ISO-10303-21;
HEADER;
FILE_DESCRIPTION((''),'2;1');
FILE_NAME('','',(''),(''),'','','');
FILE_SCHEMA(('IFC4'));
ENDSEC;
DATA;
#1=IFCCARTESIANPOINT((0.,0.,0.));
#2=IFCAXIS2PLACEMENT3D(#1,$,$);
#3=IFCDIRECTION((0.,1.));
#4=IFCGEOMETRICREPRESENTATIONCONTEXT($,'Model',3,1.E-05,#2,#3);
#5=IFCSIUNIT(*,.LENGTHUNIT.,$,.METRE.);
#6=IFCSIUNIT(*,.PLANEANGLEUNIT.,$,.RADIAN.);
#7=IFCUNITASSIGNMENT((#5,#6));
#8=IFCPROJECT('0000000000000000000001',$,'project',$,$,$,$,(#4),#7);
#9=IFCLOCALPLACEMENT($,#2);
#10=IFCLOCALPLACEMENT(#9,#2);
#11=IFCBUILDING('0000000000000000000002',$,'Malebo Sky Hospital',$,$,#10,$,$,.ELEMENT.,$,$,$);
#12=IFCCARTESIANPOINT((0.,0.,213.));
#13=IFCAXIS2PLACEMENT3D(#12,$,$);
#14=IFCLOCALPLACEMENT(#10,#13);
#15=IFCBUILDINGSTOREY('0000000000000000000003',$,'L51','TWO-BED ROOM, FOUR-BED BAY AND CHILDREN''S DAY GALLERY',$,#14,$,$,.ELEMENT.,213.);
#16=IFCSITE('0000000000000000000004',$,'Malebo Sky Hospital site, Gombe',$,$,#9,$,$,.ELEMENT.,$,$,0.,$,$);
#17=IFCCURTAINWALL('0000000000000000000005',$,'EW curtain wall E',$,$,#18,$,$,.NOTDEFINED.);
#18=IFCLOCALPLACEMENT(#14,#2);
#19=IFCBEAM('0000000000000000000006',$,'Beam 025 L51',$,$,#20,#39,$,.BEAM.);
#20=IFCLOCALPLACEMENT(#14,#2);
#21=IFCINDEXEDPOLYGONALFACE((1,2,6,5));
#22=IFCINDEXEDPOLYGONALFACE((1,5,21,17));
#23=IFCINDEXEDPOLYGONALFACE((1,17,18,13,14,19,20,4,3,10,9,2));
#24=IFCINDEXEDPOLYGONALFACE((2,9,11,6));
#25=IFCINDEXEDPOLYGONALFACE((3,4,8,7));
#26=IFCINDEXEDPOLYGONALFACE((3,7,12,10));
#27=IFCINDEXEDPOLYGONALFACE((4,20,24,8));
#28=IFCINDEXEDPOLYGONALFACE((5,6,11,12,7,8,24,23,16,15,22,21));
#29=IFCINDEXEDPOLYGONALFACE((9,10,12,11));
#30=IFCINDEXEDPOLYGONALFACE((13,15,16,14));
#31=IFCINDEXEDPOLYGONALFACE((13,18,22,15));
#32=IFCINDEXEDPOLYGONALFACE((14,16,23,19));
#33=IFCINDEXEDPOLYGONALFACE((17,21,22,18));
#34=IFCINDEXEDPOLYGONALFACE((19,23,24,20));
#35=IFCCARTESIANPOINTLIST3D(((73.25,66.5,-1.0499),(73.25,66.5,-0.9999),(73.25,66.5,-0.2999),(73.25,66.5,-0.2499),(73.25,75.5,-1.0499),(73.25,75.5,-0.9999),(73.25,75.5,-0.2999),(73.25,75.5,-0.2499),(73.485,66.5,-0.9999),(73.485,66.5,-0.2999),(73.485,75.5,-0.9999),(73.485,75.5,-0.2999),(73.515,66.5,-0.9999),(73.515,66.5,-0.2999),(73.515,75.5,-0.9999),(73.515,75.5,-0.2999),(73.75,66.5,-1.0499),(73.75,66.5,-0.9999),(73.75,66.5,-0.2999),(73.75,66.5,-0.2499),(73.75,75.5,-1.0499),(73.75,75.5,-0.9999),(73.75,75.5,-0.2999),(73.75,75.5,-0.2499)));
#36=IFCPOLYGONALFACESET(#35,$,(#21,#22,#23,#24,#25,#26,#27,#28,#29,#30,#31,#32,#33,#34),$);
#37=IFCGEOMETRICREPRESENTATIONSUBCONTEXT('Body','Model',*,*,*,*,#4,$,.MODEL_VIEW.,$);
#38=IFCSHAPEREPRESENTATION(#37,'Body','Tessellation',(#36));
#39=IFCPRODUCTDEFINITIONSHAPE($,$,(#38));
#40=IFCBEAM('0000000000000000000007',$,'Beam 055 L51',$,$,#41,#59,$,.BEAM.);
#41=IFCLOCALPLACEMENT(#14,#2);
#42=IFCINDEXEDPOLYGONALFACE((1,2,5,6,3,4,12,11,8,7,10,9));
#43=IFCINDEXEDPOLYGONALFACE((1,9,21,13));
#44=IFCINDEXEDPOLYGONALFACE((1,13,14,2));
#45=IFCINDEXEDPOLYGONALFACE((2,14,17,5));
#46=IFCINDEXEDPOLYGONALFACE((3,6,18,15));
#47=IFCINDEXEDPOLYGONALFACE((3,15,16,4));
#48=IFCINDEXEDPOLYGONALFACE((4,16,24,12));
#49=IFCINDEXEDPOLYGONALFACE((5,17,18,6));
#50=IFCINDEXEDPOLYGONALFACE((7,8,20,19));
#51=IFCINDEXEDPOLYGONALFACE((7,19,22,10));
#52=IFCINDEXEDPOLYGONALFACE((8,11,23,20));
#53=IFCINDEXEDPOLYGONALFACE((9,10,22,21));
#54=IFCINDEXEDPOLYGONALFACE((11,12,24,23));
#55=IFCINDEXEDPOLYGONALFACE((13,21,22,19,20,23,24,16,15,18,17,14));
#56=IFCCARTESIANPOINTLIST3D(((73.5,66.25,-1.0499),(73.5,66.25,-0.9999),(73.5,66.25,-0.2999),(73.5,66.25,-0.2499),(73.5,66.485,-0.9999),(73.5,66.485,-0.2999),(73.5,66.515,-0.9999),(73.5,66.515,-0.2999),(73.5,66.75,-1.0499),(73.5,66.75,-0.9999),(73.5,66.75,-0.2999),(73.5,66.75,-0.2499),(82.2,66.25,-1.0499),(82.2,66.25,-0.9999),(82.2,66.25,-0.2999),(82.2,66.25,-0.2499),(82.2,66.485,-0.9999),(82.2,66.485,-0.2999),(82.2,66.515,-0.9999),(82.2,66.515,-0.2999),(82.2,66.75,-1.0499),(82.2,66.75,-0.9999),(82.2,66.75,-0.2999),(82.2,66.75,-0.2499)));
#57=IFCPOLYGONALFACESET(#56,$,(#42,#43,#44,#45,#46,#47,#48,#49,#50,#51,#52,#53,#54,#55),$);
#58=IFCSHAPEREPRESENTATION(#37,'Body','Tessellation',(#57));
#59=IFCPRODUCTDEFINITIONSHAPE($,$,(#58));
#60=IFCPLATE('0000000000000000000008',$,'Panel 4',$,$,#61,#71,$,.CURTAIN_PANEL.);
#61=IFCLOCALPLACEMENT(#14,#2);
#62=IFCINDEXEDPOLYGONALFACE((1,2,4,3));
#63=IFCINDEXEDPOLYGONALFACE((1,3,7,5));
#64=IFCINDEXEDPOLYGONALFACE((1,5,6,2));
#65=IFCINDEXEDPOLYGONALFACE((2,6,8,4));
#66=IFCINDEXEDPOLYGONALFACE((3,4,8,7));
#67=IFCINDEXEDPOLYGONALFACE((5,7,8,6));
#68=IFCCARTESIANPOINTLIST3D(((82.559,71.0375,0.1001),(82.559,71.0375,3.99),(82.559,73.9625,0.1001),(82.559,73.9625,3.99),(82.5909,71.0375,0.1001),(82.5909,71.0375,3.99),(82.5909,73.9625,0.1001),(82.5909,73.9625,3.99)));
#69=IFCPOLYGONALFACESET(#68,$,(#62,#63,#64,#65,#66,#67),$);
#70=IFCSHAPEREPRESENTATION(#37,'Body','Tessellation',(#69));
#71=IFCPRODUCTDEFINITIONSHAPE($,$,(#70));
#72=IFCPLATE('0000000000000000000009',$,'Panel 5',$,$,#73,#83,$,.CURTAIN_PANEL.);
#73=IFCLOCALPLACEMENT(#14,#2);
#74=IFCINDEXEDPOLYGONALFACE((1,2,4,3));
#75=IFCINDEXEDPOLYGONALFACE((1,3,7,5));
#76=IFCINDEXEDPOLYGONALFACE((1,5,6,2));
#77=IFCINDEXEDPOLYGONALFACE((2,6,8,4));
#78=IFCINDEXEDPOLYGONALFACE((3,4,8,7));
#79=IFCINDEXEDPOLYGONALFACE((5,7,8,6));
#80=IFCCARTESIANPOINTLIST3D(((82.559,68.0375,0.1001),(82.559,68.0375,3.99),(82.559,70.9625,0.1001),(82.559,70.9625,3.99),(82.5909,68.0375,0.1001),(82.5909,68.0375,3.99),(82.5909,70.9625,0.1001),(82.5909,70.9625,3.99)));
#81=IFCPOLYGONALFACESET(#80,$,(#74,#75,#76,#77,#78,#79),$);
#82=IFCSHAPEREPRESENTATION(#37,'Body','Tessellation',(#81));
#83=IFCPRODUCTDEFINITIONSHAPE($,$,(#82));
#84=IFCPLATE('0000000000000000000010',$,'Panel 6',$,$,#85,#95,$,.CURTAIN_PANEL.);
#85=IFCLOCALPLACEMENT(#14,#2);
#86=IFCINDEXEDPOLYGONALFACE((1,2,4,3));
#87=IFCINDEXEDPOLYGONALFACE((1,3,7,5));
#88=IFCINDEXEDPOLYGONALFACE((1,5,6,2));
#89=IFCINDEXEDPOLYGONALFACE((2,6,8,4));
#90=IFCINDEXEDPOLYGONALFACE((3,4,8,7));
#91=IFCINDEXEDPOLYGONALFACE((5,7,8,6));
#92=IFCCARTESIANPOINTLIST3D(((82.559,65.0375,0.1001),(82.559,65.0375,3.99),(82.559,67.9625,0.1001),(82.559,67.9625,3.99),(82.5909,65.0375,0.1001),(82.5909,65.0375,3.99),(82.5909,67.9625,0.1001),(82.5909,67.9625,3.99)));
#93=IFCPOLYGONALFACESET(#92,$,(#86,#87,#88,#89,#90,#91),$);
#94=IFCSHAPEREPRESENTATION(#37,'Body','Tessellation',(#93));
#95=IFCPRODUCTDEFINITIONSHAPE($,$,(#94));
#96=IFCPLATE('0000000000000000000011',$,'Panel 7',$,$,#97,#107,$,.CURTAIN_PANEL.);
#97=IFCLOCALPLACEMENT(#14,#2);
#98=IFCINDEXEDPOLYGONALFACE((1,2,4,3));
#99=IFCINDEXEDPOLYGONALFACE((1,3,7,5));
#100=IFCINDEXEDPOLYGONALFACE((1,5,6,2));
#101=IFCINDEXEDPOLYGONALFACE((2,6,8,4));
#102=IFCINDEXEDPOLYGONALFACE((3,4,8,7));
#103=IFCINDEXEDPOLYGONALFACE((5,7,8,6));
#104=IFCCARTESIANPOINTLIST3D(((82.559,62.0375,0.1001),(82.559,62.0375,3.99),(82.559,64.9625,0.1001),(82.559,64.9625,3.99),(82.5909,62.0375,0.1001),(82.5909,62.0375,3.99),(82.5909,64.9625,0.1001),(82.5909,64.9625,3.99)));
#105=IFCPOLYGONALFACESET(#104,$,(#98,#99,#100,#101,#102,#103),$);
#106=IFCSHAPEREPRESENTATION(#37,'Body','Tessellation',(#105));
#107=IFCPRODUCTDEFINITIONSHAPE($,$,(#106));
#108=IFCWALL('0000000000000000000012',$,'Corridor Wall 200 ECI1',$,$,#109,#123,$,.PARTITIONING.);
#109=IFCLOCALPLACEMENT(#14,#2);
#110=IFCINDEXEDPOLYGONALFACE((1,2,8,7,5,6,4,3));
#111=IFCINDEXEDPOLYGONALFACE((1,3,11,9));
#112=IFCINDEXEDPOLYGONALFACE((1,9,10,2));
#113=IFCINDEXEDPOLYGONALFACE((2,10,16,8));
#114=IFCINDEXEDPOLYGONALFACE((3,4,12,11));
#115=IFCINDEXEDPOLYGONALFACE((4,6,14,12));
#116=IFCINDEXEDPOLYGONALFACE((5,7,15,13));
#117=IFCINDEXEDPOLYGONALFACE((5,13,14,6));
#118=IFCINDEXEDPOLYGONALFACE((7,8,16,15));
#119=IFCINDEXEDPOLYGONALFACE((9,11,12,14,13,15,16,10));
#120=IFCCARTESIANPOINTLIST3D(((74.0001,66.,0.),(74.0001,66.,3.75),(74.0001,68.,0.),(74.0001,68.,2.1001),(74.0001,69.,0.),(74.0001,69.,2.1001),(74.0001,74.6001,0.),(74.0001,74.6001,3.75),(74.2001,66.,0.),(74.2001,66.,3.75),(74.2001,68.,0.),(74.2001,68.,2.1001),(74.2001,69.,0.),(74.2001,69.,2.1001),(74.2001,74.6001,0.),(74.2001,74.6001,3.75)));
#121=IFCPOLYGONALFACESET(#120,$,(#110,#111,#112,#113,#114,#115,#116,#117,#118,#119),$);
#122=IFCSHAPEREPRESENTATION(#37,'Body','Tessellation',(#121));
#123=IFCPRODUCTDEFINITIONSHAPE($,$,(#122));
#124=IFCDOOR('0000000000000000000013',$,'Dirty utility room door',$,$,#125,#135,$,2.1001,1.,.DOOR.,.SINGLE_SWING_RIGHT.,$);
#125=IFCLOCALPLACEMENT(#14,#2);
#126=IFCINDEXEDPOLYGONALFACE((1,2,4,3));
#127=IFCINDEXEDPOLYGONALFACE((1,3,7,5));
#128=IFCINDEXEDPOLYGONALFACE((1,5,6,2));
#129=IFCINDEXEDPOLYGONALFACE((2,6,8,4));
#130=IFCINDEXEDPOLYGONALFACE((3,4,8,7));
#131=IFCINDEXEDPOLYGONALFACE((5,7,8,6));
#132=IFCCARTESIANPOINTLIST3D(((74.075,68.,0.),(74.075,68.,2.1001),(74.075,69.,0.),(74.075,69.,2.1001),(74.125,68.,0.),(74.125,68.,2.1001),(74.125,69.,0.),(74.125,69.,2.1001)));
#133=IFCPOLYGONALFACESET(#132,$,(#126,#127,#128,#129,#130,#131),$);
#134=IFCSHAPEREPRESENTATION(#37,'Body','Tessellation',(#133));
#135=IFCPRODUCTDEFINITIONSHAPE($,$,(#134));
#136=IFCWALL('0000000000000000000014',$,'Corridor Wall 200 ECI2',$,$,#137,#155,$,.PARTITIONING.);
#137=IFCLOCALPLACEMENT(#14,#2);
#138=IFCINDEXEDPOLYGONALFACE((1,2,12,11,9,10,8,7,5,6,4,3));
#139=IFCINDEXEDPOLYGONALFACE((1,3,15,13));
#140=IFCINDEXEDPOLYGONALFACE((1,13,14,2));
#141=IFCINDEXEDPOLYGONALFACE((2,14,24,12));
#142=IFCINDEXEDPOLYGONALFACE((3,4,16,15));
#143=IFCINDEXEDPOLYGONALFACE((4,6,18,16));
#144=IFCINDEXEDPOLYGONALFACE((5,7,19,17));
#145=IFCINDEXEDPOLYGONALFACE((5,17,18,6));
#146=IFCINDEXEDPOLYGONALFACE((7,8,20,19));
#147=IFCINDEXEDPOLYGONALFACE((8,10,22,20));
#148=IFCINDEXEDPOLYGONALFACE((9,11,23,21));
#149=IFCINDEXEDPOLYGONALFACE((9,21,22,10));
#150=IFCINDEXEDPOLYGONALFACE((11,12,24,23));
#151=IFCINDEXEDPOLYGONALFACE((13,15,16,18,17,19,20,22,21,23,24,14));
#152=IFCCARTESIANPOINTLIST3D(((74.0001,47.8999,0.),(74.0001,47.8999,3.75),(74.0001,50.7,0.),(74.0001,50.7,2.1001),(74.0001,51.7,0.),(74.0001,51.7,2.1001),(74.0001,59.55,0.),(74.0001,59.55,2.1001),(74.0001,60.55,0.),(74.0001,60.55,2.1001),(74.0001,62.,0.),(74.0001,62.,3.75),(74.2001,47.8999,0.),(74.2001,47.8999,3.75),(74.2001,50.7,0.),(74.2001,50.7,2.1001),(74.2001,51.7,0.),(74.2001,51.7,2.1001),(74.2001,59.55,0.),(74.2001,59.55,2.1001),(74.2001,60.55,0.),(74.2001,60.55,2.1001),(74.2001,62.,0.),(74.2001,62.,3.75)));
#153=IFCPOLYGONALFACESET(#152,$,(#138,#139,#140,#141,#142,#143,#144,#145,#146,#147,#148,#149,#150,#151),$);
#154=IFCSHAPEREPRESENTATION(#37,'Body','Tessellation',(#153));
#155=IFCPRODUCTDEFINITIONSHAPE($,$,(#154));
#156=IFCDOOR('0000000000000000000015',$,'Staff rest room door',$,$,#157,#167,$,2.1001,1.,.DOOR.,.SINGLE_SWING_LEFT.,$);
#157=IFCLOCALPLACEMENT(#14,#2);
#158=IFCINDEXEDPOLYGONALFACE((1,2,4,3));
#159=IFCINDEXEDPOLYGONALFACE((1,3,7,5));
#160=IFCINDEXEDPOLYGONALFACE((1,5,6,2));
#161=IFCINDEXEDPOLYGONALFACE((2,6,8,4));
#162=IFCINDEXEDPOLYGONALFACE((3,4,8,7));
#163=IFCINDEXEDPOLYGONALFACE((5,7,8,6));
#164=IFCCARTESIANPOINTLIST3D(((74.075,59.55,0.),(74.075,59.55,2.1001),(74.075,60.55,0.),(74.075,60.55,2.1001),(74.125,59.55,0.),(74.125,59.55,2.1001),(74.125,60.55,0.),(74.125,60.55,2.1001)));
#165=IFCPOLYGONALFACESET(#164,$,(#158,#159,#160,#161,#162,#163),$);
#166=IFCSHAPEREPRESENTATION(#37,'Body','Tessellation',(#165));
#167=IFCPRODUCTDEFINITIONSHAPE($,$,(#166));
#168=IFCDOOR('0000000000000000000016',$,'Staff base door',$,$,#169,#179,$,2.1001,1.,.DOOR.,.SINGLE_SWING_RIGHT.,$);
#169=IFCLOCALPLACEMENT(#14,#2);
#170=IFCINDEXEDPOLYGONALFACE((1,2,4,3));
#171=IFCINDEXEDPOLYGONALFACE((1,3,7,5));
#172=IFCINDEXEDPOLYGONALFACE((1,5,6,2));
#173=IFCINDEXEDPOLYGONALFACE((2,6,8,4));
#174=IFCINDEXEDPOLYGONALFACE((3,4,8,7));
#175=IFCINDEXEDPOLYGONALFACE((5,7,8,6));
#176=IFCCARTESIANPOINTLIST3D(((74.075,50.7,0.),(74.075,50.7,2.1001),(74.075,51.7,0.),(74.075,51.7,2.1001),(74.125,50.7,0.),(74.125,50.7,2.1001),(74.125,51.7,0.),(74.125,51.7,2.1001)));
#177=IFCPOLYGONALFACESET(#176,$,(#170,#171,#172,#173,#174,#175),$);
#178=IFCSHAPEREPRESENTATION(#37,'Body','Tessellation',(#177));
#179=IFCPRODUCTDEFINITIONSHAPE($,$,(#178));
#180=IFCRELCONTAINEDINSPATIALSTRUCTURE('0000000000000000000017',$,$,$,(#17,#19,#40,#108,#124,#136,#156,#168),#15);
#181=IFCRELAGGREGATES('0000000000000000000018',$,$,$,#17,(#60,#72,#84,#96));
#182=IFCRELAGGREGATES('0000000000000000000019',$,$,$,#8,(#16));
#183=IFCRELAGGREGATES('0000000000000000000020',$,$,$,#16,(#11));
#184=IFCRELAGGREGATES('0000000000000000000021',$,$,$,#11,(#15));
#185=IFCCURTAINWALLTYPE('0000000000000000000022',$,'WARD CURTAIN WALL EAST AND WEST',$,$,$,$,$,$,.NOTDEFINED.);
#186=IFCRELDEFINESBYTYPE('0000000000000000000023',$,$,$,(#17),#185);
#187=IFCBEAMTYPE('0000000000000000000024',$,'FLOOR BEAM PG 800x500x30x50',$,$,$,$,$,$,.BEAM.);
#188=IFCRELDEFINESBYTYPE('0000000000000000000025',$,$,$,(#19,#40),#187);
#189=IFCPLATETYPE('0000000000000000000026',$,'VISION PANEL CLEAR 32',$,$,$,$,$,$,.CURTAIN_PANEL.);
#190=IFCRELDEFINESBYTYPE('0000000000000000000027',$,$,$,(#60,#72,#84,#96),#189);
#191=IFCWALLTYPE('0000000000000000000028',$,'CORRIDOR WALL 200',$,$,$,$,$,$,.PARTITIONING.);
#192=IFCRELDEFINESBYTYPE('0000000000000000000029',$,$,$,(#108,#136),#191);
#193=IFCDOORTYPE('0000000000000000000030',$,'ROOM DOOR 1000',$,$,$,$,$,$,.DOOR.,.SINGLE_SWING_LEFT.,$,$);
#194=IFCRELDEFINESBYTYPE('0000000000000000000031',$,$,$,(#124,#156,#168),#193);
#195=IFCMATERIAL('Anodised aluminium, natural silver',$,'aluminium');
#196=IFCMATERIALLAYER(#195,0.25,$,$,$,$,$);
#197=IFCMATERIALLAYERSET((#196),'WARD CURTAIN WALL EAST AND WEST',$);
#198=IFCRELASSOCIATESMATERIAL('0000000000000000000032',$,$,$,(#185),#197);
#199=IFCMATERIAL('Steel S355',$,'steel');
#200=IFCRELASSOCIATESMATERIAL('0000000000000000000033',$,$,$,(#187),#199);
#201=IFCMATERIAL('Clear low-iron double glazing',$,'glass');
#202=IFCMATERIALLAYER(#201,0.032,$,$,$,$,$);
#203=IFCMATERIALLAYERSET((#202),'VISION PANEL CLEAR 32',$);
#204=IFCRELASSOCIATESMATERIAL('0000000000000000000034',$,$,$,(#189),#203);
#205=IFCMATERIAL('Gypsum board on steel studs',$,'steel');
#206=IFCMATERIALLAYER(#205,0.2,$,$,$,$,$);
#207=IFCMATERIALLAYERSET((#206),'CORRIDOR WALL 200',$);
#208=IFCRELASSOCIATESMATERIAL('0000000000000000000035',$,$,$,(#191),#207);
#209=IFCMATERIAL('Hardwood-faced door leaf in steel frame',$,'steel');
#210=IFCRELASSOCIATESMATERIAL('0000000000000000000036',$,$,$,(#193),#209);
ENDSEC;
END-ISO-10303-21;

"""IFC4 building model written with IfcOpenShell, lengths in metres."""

from ifc_helpers import new_model, si_unit, direction, frame, frame_2d, origin, origin_2d, place, context, subcontext, project, spatial, rectangle, i_section, extrude, material, layer, layer_set, material_profile, profile_set, type_object, element, fill, aggregate, save


model = new_model("IFC4")

# Units and contexts
model_context = context("Model", 3, precision=1e-05, world=origin(), true_north=direction((0.0, 1.0)))
body_context = subcontext(model_context, "Body", "Model", "MODEL_VIEW")
ifc_project = project(units=[si_unit("LENGTHUNIT", "METRE"), si_unit("PLANEANGLEUNIT", "RADIAN")], contexts=[model_context])

# Site, building, storey
site_placement = place(None, origin())
site = spatial("IfcSite", under=ifc_project, at=site_placement, Name="Malebo Sky Hospital site, Gombe", CompositionType="ELEMENT", RefElevation=0.0)
building_placement = place(site_placement, origin())
building = spatial("IfcBuilding", under=site, at=building_placement, Name="Malebo Sky Hospital", CompositionType="ELEMENT")
storey_placement = place(building_placement, frame((0.0, 0.0, 213.0)))
storey = spatial("IfcBuildingStorey", under=building, at=storey_placement, Name="L51", Description="TWO-BED ROOM, FOUR-BED BAY AND CHILDREN'S DAY GALLERY", CompositionType="ELEMENT", Elevation=213.0)

# Curtain wall
ifc_material_1 = material(Name="Anodised aluminium, natural silver", Category="aluminium")
ifc_layer_1 = layer(ifc_material_1, 0.25)
ifc_layer_set_1 = layer_set([ifc_layer_1], Name="WARD CURTAIN WALL EAST AND WEST")
curtain_wall_type = type_object("IfcCurtainWallType", Name="WARD CURTAIN WALL EAST AND WEST", PredefinedType="NOTDEFINED", material=ifc_layer_set_1)
curtain_wall_placement = place(storey_placement, origin())
curtain_wall = element("IfcCurtainWall", 1, at=curtain_wall_placement, inside=storey, type_object=curtain_wall_type, Name="EW curtain wall E", PredefinedType="NOTDEFINED")

# Beams
ifc_material_2 = material(Name="Steel S355", Category="steel")
ifc_material_profile_1 = material_profile(ifc_material_2, i_section(OverallWidth=0.5, OverallDepth=0.8, WebThickness=0.03, FlangeThickness=0.05, at=origin_2d()), Name="PG 800x500x30x50")
ifc_profile_set_1 = profile_set([ifc_material_profile_1], Name="Steel S355")
beam_type_1 = type_object("IfcBeamType", Name="FLOOR BEAM PG 800x500x30x50", PredefinedType="BEAM", material=ifc_profile_set_1)
beam_1_placement = place(storey_placement, frame((73.5, 66.5, -0.6499), z_axis=(0.0, 1.0, 0.0), x_axis=(-1.0, 0.0, 0.0)))
element("IfcBeam", 2, at=beam_1_placement, inside=storey, type_object=beam_type_1, Name="Beam 025 L51", PredefinedType="BEAM", context=body_context, shape_type="SweptSolid", body=[
    extrude(i_section(OverallWidth=0.5, OverallDepth=0.8, WebThickness=0.03, FlangeThickness=0.05, at=origin_2d()), origin(), (0.0, 0.0, 1.0), 9.0),
])
beam_2_placement = place(storey_placement, frame((73.5, 66.5, -0.6499), z_axis=(1.0, 0.0, 0.0), x_axis=(0.0, 1.0, 0.0)))
element("IfcBeam", 3, at=beam_2_placement, inside=storey, type_object=beam_type_1, Name="Beam 055 L51", PredefinedType="BEAM", context=body_context, shape_type="SweptSolid", body=[
    extrude(i_section(OverallWidth=0.5, OverallDepth=0.8, WebThickness=0.03, FlangeThickness=0.05, at=origin_2d()), origin(), (0.0, 0.0, 1.0), 8.7),
])

# Plates
ifc_material_3 = material(Name="Clear low-iron double glazing", Category="glass")
ifc_layer_2 = layer(ifc_material_3, 0.032)
ifc_layer_set_2 = layer_set([ifc_layer_2], Name="VISION PANEL CLEAR 32")
plate_type = type_object("IfcPlateType", Name="VISION PANEL CLEAR 32", PredefinedType="CURTAIN_PANEL", material=ifc_layer_set_2)
plate_1_placement = place(storey_placement, frame((82.575, 72.5, 0.1001), z_axis=(0.0, 0.0, 1.0), x_axis=(0.0, -1.0, 0.0)))
plate_1 = element("IfcPlate", 4, at=plate_1_placement, type_object=plate_type, Name="Panel 4", PredefinedType="CURTAIN_PANEL", context=body_context, shape_type="SweptSolid", body=[
    extrude(rectangle(XDim=2.925, YDim=0.032, at=origin_2d()), origin(), (0.0, 0.0, 1.0), 3.8899),
])
plate_2_placement = place(storey_placement, frame((82.575, 69.5, 0.1001), z_axis=(0.0, 0.0, 1.0), x_axis=(0.0, -1.0, 0.0)))
plate_2 = element("IfcPlate", 5, at=plate_2_placement, type_object=plate_type, Name="Panel 5", PredefinedType="CURTAIN_PANEL", context=body_context, shape_type="SweptSolid", body=[
    extrude(rectangle(XDim=2.925, YDim=0.032, at=origin_2d()), origin(), (0.0, 0.0, 1.0), 3.8899),
])
plate_3_placement = place(storey_placement, frame((82.575, 66.5, 0.1001), z_axis=(0.0, 0.0, 1.0), x_axis=(0.0, -1.0, 0.0)))
plate_3 = element("IfcPlate", 6, at=plate_3_placement, type_object=plate_type, Name="Panel 6", PredefinedType="CURTAIN_PANEL", context=body_context, shape_type="SweptSolid", body=[
    extrude(rectangle(XDim=2.925, YDim=0.032, at=origin_2d()), origin(), (0.0, 0.0, 1.0), 3.8899),
])
plate_4_placement = place(storey_placement, frame((82.575, 63.5, 0.1001), z_axis=(0.0, 0.0, 1.0), x_axis=(0.0, -1.0, 0.0)))
plate_4 = element("IfcPlate", 7, at=plate_4_placement, type_object=plate_type, Name="Panel 7", PredefinedType="CURTAIN_PANEL", context=body_context, shape_type="SweptSolid", body=[
    extrude(rectangle(XDim=2.925, YDim=0.032, at=origin_2d()), origin(), (0.0, 0.0, 1.0), 3.8899),
])
aggregate(curtain_wall, [plate_1, plate_2, plate_3, plate_4])

# Wall, opening, door
ifc_material_4 = material(Name="Gypsum board on steel studs", Category="steel")
ifc_layer_3 = layer(ifc_material_4, 0.2)
ifc_layer_set_3 = layer_set([ifc_layer_3], Name="CORRIDOR WALL 200")
wall_type_1 = type_object("IfcWallType", Name="CORRIDOR WALL 200", PredefinedType="PARTITIONING", material=ifc_layer_set_3)
wall_1_placement = place(storey_placement, frame((74.1001, 74.6001, 0.0), z_axis=(0.0, 0.0, 1.0), x_axis=(0.0, -1.0, 0.0)))
wall_1 = element("IfcWall", 8, at=wall_1_placement, inside=storey, type_object=wall_type_1, Name="Corridor Wall 200 ECI1", PredefinedType="PARTITIONING", context=body_context, shape_type="SweptSolid", body=[
    extrude(rectangle(XDim=8.6001, YDim=0.2, at=frame_2d((4.3, 0.0))), origin(), (0.0, 0.0, 1.0), 3.75),
])
opening_1_placement = place(wall_1_placement, frame((5.6001, 0.0, 0.0)))
opening_1 = element("IfcOpeningElement", 9, at=opening_1_placement, cuts=wall_1, PredefinedType="OPENING", context=body_context, shape_type="SweptSolid", body=[
    extrude(rectangle(XDim=1.0, YDim=2.1001, at=frame_2d((0.5, 1.05))), frame((0.0, 0.1099, 0.0), z_axis=(0.0, -1.0, 0.0), x_axis=(1.0, 0.0, 0.0)), (0.0, 0.0, 1.0), 0.22),
])
ifc_material_5 = material(Name="Hardwood-faced door leaf in steel frame", Category="steel")
door_type_1 = type_object("IfcDoorType", Name="ROOM DOOR 1000", OperationType="SINGLE_SWING_LEFT", PredefinedType="DOOR", material=ifc_material_5)
door_1_placement = place(opening_1_placement, origin())
door_1 = element("IfcDoor", 10, at=door_1_placement, inside=storey, type_object=door_type_1, Name="Dirty utility room door", OperationType="SINGLE_SWING_RIGHT", OverallHeight=2.1001, OverallWidth=1.0, PredefinedType="DOOR", context=body_context, shape_type="SweptSolid", body=[
    extrude(rectangle(XDim=1.0, YDim=2.1001, at=frame_2d((0.5, 1.05))), frame((0.0, 0.0249, 0.0), z_axis=(0.0, -1.0, 0.0), x_axis=(1.0, 0.0, 0.0)), (0.0, 0.0, 1.0), 0.05),
])
fill(opening_1, door_1)

# Wall, openings, doors
wall_2_placement = place(storey_placement, frame((74.1001, 62.0, 0.0), z_axis=(0.0, 0.0, 1.0), x_axis=(0.0, -1.0, 0.0)))
wall_2 = element("IfcWall", 11, at=wall_2_placement, inside=storey, type_object=wall_type_1, Name="Corridor Wall 200 ECI2", PredefinedType="PARTITIONING", context=body_context, shape_type="SweptSolid", body=[
    extrude(rectangle(XDim=14.1001, YDim=0.2, at=frame_2d((7.05, 0.0))), origin(), (0.0, 0.0, 1.0), 3.75),
])
opening_2_placement = place(wall_2_placement, frame((1.45, 0.0, 0.0)))
opening_2 = element("IfcOpeningElement", 12, at=opening_2_placement, cuts=wall_2, PredefinedType="OPENING", context=body_context, shape_type="SweptSolid", body=[
    extrude(rectangle(XDim=1.0, YDim=2.1001, at=frame_2d((0.5, 1.05))), frame((0.0, 0.1099, 0.0), z_axis=(0.0, -1.0, 0.0), x_axis=(1.0, 0.0, 0.0)), (0.0, 0.0, 1.0), 0.22),
])
opening_3_placement = place(wall_2_placement, frame((10.3, 0.0, 0.0)))
opening_3 = element("IfcOpeningElement", 13, at=opening_3_placement, cuts=wall_2, PredefinedType="OPENING", context=body_context, shape_type="SweptSolid", body=[
    extrude(rectangle(XDim=1.0, YDim=2.1001, at=frame_2d((0.5, 1.05))), frame((0.0, 0.1099, 0.0), z_axis=(0.0, -1.0, 0.0), x_axis=(1.0, 0.0, 0.0)), (0.0, 0.0, 1.0), 0.22),
])
door_2_placement = place(opening_2_placement, origin())
door_2 = element("IfcDoor", 14, at=door_2_placement, inside=storey, type_object=door_type_1, Name="Staff rest room door", OperationType="SINGLE_SWING_LEFT", OverallHeight=2.1001, OverallWidth=1.0, PredefinedType="DOOR", context=body_context, shape_type="SweptSolid", body=[
    extrude(rectangle(XDim=1.0, YDim=2.1001, at=frame_2d((0.5, 1.05))), frame((0.0, 0.0249, 0.0), z_axis=(0.0, -1.0, 0.0), x_axis=(1.0, 0.0, 0.0)), (0.0, 0.0, 1.0), 0.05),
])
fill(opening_2, door_2)
door_3_placement = place(opening_3_placement, origin())
door_3 = element("IfcDoor", 15, at=door_3_placement, inside=storey, type_object=door_type_1, Name="Staff base door", OperationType="SINGLE_SWING_RIGHT", OverallHeight=2.1001, OverallWidth=1.0, PredefinedType="DOOR", context=body_context, shape_type="SweptSolid", body=[
    extrude(rectangle(XDim=1.0, YDim=2.1001, at=frame_2d((0.5, 1.05))), frame((0.0, 0.0249, 0.0), z_axis=(0.0, -1.0, 0.0), x_axis=(1.0, 0.0, 0.0)), (0.0, 0.0, 1.0), 0.05),
])
fill(opening_3, door_3)

save(model, "model.ifc")
